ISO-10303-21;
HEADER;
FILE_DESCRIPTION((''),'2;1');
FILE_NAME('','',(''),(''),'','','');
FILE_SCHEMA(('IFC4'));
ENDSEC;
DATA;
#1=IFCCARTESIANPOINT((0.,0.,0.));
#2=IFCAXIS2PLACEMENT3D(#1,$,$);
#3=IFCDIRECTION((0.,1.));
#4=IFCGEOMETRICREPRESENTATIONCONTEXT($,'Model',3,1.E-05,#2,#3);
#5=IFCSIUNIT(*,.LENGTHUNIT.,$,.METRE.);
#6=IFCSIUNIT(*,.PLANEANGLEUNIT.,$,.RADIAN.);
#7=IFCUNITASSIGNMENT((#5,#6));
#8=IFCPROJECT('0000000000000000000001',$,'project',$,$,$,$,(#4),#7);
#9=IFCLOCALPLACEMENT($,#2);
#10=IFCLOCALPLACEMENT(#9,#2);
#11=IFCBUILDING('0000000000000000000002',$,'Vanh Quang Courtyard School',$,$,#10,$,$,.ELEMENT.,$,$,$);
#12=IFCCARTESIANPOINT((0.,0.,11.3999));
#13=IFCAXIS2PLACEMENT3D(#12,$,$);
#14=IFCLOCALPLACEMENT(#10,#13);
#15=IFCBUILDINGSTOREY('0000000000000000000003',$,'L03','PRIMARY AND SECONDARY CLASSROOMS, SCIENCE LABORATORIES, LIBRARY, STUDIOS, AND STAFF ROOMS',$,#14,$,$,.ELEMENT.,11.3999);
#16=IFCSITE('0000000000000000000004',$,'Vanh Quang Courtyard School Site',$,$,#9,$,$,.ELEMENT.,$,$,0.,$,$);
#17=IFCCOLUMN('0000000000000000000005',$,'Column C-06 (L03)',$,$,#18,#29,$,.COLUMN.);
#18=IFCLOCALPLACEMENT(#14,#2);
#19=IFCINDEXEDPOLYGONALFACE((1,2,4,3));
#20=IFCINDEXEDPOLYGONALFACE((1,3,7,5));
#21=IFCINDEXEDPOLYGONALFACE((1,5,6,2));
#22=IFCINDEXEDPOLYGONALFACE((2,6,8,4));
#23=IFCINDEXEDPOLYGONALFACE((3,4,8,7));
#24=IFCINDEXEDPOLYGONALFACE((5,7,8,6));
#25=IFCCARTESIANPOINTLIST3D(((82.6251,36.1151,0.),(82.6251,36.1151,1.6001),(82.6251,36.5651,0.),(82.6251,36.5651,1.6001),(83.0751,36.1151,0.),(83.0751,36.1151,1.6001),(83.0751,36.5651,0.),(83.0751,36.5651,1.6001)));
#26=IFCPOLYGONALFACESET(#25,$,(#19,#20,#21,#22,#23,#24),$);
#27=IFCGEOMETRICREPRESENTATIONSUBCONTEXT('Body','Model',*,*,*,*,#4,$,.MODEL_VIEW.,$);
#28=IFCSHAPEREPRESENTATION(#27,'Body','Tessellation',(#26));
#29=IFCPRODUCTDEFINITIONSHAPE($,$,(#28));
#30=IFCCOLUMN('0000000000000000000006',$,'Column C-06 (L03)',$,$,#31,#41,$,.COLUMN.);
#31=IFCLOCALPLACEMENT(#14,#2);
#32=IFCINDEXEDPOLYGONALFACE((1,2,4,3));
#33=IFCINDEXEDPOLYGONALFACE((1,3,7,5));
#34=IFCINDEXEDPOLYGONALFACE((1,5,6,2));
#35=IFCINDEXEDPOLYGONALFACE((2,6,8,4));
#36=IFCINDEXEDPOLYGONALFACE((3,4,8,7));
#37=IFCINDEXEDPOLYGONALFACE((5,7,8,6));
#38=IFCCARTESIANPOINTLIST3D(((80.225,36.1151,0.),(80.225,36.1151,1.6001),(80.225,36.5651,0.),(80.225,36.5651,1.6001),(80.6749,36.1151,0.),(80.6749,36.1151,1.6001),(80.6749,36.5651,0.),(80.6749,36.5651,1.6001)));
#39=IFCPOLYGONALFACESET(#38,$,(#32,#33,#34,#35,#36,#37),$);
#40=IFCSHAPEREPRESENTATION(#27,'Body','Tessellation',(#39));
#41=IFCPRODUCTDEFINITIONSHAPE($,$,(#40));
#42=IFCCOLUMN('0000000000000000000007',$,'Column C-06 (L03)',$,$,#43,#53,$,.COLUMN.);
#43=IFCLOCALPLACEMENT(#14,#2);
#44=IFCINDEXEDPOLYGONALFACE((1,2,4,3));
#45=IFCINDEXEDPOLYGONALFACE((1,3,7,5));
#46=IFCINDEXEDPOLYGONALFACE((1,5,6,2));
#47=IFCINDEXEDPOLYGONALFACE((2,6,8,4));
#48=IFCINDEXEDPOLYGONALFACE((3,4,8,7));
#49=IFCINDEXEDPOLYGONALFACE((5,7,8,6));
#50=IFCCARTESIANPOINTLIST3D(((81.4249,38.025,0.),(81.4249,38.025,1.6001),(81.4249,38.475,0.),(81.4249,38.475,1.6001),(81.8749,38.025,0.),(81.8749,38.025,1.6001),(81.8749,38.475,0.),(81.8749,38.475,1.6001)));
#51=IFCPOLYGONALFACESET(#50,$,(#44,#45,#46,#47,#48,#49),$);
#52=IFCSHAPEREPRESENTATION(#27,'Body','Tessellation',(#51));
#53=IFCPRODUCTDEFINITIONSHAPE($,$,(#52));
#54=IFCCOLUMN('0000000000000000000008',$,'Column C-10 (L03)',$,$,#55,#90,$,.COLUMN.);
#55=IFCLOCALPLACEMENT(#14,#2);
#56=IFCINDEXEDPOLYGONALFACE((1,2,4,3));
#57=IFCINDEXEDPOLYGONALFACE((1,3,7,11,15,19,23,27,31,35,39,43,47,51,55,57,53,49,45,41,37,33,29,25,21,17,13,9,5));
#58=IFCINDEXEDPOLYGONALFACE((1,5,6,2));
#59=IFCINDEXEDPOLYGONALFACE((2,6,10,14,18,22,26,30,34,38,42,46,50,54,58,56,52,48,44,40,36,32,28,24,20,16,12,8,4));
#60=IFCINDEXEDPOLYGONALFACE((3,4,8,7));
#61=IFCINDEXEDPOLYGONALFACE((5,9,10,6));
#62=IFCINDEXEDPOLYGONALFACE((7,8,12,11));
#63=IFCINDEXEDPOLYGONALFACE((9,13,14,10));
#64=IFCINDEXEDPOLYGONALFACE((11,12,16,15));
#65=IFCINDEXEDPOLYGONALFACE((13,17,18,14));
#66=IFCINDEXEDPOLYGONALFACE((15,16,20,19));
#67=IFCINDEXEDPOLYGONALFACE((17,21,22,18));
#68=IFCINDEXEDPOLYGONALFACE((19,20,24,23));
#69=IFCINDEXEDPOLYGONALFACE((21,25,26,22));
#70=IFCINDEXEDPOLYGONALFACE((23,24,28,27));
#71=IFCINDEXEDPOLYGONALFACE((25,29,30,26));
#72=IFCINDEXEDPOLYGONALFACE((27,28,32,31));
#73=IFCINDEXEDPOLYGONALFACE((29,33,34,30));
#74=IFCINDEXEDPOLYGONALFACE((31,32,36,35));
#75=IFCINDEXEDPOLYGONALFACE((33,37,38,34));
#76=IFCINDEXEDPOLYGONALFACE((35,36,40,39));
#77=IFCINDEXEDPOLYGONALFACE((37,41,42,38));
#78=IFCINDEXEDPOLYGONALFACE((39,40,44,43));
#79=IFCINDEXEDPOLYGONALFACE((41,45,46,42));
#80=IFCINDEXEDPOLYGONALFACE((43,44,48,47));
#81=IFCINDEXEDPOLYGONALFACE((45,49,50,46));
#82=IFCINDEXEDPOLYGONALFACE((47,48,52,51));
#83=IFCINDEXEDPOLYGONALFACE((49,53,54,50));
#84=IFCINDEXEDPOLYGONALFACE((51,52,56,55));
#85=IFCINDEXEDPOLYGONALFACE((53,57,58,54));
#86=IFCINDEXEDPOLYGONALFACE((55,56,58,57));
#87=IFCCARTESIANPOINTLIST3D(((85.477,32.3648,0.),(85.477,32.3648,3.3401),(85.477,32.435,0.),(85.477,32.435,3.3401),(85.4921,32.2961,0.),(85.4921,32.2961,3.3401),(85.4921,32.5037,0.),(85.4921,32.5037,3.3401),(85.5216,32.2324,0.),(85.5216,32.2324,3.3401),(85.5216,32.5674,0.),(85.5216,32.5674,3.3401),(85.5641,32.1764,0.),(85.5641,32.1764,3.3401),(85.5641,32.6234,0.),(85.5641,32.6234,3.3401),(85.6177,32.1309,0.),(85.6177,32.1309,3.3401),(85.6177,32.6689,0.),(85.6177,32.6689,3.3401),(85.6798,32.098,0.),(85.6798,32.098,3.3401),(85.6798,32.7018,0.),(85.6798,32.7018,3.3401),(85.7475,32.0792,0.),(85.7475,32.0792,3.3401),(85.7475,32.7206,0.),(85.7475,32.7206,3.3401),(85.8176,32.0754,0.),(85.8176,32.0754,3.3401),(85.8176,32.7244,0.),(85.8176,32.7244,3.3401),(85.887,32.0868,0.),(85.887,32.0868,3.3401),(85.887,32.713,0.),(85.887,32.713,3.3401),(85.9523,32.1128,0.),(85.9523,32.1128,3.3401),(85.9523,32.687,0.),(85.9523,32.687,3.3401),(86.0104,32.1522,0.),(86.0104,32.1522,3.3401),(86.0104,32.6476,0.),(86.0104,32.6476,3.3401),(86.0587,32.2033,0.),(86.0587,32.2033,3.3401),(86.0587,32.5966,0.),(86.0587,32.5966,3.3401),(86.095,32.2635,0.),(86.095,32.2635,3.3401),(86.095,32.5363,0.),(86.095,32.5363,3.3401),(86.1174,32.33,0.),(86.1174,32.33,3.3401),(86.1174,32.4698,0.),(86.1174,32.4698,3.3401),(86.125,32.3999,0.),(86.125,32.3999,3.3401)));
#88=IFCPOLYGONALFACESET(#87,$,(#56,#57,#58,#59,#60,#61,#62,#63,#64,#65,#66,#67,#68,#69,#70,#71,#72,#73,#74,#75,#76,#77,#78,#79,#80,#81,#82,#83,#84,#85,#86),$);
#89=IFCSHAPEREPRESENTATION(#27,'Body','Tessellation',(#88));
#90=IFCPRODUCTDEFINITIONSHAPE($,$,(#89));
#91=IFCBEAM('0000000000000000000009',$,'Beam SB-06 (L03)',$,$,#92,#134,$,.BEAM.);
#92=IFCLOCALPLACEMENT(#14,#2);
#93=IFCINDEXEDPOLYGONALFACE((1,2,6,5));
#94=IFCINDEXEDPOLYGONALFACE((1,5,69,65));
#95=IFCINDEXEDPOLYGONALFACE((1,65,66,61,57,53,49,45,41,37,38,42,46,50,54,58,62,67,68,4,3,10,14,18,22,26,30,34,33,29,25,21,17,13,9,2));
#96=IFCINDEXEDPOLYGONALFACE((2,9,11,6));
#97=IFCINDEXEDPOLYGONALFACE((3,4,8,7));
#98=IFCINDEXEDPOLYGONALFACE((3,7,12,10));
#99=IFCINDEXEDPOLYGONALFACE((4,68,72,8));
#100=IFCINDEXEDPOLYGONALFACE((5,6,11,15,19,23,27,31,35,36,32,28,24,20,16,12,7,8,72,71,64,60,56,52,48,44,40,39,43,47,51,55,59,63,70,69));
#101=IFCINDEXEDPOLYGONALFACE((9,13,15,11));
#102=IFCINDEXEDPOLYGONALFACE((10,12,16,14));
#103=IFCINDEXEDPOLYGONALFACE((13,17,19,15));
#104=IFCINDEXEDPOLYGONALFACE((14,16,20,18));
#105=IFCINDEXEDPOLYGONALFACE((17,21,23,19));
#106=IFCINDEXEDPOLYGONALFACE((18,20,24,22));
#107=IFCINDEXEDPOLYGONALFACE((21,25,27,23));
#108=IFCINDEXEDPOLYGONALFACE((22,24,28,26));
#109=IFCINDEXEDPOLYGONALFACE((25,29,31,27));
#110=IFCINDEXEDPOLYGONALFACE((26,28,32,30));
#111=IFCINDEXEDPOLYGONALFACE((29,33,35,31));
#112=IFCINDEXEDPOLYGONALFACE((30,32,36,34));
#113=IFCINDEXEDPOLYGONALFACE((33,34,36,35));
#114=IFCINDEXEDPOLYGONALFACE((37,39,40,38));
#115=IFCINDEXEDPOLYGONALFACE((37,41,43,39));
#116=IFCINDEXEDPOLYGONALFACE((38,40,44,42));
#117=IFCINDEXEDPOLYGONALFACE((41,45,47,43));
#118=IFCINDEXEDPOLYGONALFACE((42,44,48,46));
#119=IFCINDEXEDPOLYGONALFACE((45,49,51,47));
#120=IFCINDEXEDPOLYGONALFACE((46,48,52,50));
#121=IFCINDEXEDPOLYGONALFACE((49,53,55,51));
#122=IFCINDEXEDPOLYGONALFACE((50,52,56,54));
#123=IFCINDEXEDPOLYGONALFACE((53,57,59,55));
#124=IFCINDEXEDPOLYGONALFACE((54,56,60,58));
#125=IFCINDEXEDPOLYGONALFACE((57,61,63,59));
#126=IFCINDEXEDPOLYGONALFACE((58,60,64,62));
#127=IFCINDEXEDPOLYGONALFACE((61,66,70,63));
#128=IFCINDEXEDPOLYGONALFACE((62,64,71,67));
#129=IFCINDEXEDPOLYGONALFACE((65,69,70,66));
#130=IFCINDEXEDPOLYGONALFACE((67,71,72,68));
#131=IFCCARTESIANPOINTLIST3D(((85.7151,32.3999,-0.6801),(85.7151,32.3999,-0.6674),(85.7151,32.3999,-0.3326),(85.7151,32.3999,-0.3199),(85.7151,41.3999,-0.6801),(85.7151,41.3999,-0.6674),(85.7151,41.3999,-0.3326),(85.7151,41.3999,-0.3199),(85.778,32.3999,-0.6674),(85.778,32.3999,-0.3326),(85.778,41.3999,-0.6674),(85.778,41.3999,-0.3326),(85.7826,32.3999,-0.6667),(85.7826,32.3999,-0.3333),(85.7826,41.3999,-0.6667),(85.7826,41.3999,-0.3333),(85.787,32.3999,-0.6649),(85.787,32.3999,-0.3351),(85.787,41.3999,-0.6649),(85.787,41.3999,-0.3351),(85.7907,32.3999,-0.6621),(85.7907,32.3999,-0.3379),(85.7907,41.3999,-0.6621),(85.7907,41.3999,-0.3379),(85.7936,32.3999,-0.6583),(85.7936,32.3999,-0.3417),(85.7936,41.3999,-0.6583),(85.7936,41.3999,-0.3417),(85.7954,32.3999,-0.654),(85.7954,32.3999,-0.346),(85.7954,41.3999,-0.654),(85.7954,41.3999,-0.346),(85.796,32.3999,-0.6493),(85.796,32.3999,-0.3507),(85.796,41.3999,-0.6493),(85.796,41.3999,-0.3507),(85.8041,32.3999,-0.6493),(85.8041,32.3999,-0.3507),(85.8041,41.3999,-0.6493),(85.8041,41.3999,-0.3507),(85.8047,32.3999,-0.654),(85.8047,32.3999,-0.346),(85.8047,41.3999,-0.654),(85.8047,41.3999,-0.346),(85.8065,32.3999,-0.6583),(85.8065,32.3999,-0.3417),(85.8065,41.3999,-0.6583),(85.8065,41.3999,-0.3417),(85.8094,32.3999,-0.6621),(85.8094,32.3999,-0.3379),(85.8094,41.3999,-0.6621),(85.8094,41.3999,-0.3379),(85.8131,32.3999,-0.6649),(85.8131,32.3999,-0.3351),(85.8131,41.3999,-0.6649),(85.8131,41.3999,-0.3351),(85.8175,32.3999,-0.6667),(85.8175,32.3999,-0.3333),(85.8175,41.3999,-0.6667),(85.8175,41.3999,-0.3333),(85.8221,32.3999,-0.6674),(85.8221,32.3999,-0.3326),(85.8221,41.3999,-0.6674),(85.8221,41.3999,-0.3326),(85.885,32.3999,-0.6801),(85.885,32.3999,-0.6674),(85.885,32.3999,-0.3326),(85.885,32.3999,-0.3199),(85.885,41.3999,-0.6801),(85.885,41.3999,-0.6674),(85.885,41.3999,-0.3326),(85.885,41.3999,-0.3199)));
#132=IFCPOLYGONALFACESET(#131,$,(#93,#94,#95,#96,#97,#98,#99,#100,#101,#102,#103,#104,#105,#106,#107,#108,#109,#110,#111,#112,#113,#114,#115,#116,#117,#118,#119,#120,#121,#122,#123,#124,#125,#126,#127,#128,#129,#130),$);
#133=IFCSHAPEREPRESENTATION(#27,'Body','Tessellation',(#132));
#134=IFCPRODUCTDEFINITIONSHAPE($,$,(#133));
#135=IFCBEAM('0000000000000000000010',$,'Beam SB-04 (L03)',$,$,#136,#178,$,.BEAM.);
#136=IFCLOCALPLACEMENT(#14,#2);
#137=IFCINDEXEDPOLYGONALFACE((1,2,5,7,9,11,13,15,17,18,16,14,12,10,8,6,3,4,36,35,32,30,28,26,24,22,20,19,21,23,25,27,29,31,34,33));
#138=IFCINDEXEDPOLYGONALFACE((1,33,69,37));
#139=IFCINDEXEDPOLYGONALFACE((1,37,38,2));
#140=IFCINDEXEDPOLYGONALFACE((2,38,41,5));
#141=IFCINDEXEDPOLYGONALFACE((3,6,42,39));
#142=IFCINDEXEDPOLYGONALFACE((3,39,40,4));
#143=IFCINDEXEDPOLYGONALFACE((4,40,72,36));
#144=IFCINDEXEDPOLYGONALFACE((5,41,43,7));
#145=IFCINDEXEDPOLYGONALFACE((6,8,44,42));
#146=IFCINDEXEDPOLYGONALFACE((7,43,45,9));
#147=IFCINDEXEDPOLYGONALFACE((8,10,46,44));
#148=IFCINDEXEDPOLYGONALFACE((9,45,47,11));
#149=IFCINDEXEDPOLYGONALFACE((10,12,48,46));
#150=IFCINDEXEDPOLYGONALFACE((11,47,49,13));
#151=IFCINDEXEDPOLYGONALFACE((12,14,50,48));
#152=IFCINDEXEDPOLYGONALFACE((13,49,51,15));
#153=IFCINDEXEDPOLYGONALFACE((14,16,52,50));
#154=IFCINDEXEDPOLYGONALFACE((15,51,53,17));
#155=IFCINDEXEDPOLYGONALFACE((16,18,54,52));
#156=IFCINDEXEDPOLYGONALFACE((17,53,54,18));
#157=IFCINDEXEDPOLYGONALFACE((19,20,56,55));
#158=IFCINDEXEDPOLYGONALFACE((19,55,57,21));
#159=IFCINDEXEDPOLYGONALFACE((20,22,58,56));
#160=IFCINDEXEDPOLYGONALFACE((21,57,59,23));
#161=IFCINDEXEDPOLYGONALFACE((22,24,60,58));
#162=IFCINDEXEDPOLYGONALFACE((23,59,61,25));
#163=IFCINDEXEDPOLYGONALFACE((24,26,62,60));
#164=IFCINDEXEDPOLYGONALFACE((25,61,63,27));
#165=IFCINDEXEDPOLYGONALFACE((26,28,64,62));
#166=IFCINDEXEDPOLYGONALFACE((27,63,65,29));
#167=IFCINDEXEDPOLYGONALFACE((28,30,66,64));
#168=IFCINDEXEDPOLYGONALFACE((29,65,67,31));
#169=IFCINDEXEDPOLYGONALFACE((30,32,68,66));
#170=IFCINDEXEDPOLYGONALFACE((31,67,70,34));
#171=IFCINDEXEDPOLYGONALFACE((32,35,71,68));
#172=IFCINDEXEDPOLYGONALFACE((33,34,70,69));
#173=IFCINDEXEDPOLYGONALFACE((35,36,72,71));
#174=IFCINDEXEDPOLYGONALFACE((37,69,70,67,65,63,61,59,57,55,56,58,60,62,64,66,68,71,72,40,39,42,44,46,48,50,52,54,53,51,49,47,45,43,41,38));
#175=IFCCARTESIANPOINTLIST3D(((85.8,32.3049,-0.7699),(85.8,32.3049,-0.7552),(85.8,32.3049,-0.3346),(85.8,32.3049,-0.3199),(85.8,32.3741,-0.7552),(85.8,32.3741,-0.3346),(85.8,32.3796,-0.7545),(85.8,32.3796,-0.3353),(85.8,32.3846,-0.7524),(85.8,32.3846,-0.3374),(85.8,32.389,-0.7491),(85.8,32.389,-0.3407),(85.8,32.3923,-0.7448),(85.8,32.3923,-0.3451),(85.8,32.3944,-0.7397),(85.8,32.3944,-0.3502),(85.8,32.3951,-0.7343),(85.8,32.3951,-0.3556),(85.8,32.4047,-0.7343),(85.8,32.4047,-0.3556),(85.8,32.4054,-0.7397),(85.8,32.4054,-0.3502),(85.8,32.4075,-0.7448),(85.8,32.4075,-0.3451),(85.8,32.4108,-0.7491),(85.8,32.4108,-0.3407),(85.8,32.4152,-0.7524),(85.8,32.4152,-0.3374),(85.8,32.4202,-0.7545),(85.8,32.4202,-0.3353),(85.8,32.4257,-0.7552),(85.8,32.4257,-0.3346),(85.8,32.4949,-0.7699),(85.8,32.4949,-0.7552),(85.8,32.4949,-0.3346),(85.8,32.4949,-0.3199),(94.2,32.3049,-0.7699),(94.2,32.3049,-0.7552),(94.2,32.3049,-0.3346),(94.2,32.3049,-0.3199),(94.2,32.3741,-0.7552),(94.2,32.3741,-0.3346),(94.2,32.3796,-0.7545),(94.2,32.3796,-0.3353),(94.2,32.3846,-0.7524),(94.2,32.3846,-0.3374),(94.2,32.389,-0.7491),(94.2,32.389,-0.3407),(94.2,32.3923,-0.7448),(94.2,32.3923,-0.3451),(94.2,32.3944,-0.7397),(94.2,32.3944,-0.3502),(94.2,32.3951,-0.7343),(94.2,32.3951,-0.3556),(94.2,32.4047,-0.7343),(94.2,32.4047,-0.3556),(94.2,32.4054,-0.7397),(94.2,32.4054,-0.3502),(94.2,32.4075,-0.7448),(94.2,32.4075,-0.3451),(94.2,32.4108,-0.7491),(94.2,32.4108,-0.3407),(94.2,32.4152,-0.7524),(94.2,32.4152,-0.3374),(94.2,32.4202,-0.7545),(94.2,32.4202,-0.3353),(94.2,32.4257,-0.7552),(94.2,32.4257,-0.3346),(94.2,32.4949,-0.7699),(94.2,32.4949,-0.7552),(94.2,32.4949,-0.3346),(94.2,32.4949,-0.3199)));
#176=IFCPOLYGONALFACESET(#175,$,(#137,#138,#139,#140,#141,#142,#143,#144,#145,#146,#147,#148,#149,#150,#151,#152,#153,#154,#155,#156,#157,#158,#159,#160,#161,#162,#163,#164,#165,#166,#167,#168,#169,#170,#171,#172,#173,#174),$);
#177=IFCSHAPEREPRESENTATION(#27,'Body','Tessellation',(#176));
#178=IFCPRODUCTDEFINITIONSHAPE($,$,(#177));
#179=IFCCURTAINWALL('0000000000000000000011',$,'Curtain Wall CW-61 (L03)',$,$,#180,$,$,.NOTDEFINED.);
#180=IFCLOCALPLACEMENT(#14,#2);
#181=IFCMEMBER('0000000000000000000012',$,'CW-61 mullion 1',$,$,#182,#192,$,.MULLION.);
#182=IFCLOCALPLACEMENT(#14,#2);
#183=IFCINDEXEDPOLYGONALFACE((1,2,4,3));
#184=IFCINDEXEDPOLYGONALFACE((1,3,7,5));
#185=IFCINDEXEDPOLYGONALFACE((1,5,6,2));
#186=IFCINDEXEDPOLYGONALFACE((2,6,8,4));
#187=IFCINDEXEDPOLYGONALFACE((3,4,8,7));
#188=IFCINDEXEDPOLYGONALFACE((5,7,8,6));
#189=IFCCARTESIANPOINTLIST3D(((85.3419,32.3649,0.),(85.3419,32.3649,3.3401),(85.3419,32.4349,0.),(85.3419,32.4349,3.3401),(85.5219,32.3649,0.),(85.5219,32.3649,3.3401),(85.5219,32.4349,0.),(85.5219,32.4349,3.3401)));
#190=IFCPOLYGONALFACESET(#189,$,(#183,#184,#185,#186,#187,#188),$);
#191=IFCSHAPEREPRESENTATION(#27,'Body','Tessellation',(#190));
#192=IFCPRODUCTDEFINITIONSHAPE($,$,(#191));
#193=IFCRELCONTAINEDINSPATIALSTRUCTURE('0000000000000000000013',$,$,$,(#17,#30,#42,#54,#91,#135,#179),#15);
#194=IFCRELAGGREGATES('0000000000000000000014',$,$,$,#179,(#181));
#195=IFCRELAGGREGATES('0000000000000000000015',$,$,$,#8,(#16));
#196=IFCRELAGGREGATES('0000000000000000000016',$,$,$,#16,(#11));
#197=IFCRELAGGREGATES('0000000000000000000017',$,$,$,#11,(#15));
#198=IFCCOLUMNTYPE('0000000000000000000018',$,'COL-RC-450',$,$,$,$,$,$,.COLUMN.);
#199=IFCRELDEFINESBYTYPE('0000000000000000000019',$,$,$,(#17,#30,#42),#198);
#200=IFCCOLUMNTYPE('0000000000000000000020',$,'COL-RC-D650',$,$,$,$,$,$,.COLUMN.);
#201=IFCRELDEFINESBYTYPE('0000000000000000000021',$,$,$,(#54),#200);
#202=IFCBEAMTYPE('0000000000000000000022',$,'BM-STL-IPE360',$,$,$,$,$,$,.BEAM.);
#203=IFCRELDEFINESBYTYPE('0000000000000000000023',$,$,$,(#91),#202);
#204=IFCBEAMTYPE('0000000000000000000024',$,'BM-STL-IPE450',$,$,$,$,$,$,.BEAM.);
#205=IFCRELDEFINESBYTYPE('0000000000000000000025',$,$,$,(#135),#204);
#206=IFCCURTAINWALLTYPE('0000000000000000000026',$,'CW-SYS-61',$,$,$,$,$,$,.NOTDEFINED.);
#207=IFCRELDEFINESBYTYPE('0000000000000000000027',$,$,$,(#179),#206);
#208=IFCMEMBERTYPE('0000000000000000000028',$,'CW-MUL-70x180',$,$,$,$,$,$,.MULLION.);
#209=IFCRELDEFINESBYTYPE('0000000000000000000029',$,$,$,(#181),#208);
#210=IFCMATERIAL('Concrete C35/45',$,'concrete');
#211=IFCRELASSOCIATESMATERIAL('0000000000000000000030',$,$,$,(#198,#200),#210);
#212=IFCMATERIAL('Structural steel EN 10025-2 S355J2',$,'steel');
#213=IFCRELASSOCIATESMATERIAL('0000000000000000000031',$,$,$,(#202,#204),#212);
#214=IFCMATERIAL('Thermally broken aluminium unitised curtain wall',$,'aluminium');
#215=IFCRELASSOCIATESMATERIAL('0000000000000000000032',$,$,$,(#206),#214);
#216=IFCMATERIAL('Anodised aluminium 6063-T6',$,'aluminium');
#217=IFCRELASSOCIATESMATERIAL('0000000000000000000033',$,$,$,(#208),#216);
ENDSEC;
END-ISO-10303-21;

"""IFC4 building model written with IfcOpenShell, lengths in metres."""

from ifc_helpers import new_model, si_unit, direction, frame, origin, origin_2d, place, context, subcontext, project, spatial, rectangle, circle, i_section, extrude, material, material_profile, profile_set, type_object, element, aggregate, save


model = new_model("IFC4")

# Units and contexts
model_context = context("Model", 3, precision=1e-05, world=origin(), true_north=direction((0.0, 1.0)))
body_context = subcontext(model_context, "Body", "Model", "MODEL_VIEW")
ifc_project = project(units=[si_unit("LENGTHUNIT", "METRE"), si_unit("PLANEANGLEUNIT", "RADIAN")], contexts=[model_context])

# Site, building, storey
site_placement = place(None, origin())
site = spatial("IfcSite", under=ifc_project, at=site_placement, Name="Vanh Quang Courtyard School Site", CompositionType="ELEMENT", RefElevation=0.0)
building_placement = place(site_placement, origin())
building = spatial("IfcBuilding", under=site, at=building_placement, Name="Vanh Quang Courtyard School", CompositionType="ELEMENT")
storey_placement = place(building_placement, frame((0.0, 0.0, 11.3999)))
storey = spatial("IfcBuildingStorey", under=building, at=storey_placement, Name="L03", Description="PRIMARY AND SECONDARY CLASSROOMS, SCIENCE LABORATORIES, LIBRARY, STUDIOS, AND STAFF ROOMS", CompositionType="ELEMENT", Elevation=11.3999)

# Columns
ifc_material_1 = material(Name="Concrete C35/45", Category="concrete")
ifc_material_profile_1 = material_profile(ifc_material_1, rectangle(XDim=0.45, YDim=0.45, at=origin_2d()), Name="RC-COL 450x450")
ifc_profile_set_1 = profile_set([ifc_material_profile_1], Name="Concrete C35/45")
column_type_1 = type_object("IfcColumnType", Name="COL-RC-450", PredefinedType="COLUMN", material=ifc_profile_set_1)
for number, where, z_axis, x_axis, name in (
    (1, (82.8501, 36.3401, 0.0), (0.0, 0.0, 1.0), (1.0, 0.0, 0.0), "Column C-06 (L03)"),
    (2, (80.45, 36.3401, 0.0), (0.0, 0.0, 1.0), (1.0, 0.0, 0.0), "Column C-06 (L03)"),
    (3, (81.6499, 38.25, 0.0), (0.0, 0.0, 1.0), (1.0, 0.0, 0.0), "Column C-06 (L03)"),
):
    element("IfcColumn", number, at=place(storey_placement, frame(where, z_axis=z_axis, x_axis=x_axis)), inside=storey, type_object=column_type_1, Name=name, PredefinedType="COLUMN", context=body_context, shape_type="SweptSolid", body=[
        extrude(rectangle(XDim=0.45, YDim=0.45, at=origin_2d()), origin(), (0.0, 0.0, 1.0), 1.6001),
    ])
ifc_material_profile_2 = material_profile(ifc_material_1, circle(Radius=0.325, at=origin_2d()), Name="RC-COL D650")
ifc_profile_set_2 = profile_set([ifc_material_profile_2], Name="Concrete C35/45")
column_type_2 = type_object("IfcColumnType", Name="COL-RC-D650", PredefinedType="COLUMN", material=ifc_profile_set_2)
column_placement = place(storey_placement, frame((85.8, 32.3999, 0.0), z_axis=(0.0, 0.0, 1.0), x_axis=(1.0, 0.0, 0.0)))
element("IfcColumn", 4, at=column_placement, inside=storey, type_object=column_type_2, Name="Column C-10 (L03)", PredefinedType="COLUMN", context=body_context, shape_type="SweptSolid", body=[
    extrude(circle(Radius=0.325, at=origin_2d()), origin(), (0.0, 0.0, 1.0), 3.3401),
])

# Beams
ifc_material_2 = material(Name="Structural steel EN 10025-2 S355J2", Category="steel")
ifc_material_profile_3 = material_profile(ifc_material_2, i_section(OverallWidth=0.1699, OverallDepth=0.3601, WebThickness=0.0081, FlangeThickness=0.0127, FilletRadius=0.0181, at=origin_2d()), Name="IPE 360")
ifc_profile_set_3 = profile_set([ifc_material_profile_3], Name="Structural steel EN 10025-2 S355J2")
beam_type_1 = type_object("IfcBeamType", Name="BM-STL-IPE360", PredefinedType="BEAM", material=ifc_profile_set_3)
beam_1_placement = place(storey_placement, frame((85.8, 32.3999, -0.5), z_axis=(0.0, 1.0, 0.0), x_axis=(-1.0, 0.0, 0.0)))
element("IfcBeam", 5, at=beam_1_placement, inside=storey, type_object=beam_type_1, Name="Beam SB-06 (L03)", PredefinedType="BEAM", context=body_context, shape_type="SweptSolid", body=[
    extrude(i_section(OverallWidth=0.1699, OverallDepth=0.3601, WebThickness=0.0081, FlangeThickness=0.0127, FilletRadius=0.0181, at=origin_2d()), origin(), (0.0, 0.0, 1.0), 9.0),
])
ifc_material_profile_4 = material_profile(ifc_material_2, i_section(OverallWidth=0.1899, OverallDepth=0.45, WebThickness=0.0095, FlangeThickness=0.0146, FilletRadius=0.021, at=origin_2d()), Name="IPE 450")
ifc_profile_set_4 = profile_set([ifc_material_profile_4], Name="Structural steel EN 10025-2 S355J2")
beam_type_2 = type_object("IfcBeamType", Name="BM-STL-IPE450", PredefinedType="BEAM", material=ifc_profile_set_4)
beam_2_placement = place(storey_placement, frame((85.8, 32.3999, -0.5449), z_axis=(1.0, 0.0, 0.0), x_axis=(0.0, 1.0, 0.0)))
element("IfcBeam", 6, at=beam_2_placement, inside=storey, type_object=beam_type_2, Name="Beam SB-04 (L03)", PredefinedType="BEAM", context=body_context, shape_type="SweptSolid", body=[
    extrude(i_section(OverallWidth=0.1899, OverallDepth=0.45, WebThickness=0.0095, FlangeThickness=0.0146, FilletRadius=0.021, at=origin_2d()), origin(), (0.0, 0.0, 1.0), 8.3999),
])

# Curtain wall, member
ifc_material_3 = material(Name="Thermally broken aluminium unitised curtain wall", Category="aluminium")
curtain_wall_type = type_object("IfcCurtainWallType", Name="CW-SYS-61", PredefinedType="NOTDEFINED", material=ifc_material_3)
curtain_wall_placement = place(storey_placement, origin())
curtain_wall = element("IfcCurtainWall", 7, at=curtain_wall_placement, inside=storey, type_object=curtain_wall_type, Name="Curtain Wall CW-61 (L03)", PredefinedType="NOTDEFINED")
ifc_material_4 = material(Name="Anodised aluminium 6063-T6", Category="aluminium")
ifc_material_profile_5 = material_profile(ifc_material_4, rectangle(XDim=0.0701, YDim=0.1799, at=origin_2d()), Name="ALU-MUL 70x180")
ifc_profile_set_5 = profile_set([ifc_material_profile_5], Name="Anodised aluminium 6063-T6")
member_type_1 = type_object("IfcMemberType", Name="CW-MUL-70x180", PredefinedType="MULLION", material=ifc_profile_set_5)
member_1_placement = place(storey_placement, frame((85.4319, 32.3999, 0.0), z_axis=(0.0, 0.0, 1.0), x_axis=(0.0, -1.0, 0.0)))
member_1 = element("IfcMember", 8, at=member_1_placement, type_object=member_type_1, Name="CW-61 mullion 1", PredefinedType="MULLION", context=body_context, shape_type="SweptSolid", body=[
    extrude(rectangle(XDim=0.0701, YDim=0.1799, at=origin_2d()), origin(), (0.0, 0.0, 1.0), 3.3401),
])

aggregate(curtain_wall, [member_1])

save(model, "model.ifc")
